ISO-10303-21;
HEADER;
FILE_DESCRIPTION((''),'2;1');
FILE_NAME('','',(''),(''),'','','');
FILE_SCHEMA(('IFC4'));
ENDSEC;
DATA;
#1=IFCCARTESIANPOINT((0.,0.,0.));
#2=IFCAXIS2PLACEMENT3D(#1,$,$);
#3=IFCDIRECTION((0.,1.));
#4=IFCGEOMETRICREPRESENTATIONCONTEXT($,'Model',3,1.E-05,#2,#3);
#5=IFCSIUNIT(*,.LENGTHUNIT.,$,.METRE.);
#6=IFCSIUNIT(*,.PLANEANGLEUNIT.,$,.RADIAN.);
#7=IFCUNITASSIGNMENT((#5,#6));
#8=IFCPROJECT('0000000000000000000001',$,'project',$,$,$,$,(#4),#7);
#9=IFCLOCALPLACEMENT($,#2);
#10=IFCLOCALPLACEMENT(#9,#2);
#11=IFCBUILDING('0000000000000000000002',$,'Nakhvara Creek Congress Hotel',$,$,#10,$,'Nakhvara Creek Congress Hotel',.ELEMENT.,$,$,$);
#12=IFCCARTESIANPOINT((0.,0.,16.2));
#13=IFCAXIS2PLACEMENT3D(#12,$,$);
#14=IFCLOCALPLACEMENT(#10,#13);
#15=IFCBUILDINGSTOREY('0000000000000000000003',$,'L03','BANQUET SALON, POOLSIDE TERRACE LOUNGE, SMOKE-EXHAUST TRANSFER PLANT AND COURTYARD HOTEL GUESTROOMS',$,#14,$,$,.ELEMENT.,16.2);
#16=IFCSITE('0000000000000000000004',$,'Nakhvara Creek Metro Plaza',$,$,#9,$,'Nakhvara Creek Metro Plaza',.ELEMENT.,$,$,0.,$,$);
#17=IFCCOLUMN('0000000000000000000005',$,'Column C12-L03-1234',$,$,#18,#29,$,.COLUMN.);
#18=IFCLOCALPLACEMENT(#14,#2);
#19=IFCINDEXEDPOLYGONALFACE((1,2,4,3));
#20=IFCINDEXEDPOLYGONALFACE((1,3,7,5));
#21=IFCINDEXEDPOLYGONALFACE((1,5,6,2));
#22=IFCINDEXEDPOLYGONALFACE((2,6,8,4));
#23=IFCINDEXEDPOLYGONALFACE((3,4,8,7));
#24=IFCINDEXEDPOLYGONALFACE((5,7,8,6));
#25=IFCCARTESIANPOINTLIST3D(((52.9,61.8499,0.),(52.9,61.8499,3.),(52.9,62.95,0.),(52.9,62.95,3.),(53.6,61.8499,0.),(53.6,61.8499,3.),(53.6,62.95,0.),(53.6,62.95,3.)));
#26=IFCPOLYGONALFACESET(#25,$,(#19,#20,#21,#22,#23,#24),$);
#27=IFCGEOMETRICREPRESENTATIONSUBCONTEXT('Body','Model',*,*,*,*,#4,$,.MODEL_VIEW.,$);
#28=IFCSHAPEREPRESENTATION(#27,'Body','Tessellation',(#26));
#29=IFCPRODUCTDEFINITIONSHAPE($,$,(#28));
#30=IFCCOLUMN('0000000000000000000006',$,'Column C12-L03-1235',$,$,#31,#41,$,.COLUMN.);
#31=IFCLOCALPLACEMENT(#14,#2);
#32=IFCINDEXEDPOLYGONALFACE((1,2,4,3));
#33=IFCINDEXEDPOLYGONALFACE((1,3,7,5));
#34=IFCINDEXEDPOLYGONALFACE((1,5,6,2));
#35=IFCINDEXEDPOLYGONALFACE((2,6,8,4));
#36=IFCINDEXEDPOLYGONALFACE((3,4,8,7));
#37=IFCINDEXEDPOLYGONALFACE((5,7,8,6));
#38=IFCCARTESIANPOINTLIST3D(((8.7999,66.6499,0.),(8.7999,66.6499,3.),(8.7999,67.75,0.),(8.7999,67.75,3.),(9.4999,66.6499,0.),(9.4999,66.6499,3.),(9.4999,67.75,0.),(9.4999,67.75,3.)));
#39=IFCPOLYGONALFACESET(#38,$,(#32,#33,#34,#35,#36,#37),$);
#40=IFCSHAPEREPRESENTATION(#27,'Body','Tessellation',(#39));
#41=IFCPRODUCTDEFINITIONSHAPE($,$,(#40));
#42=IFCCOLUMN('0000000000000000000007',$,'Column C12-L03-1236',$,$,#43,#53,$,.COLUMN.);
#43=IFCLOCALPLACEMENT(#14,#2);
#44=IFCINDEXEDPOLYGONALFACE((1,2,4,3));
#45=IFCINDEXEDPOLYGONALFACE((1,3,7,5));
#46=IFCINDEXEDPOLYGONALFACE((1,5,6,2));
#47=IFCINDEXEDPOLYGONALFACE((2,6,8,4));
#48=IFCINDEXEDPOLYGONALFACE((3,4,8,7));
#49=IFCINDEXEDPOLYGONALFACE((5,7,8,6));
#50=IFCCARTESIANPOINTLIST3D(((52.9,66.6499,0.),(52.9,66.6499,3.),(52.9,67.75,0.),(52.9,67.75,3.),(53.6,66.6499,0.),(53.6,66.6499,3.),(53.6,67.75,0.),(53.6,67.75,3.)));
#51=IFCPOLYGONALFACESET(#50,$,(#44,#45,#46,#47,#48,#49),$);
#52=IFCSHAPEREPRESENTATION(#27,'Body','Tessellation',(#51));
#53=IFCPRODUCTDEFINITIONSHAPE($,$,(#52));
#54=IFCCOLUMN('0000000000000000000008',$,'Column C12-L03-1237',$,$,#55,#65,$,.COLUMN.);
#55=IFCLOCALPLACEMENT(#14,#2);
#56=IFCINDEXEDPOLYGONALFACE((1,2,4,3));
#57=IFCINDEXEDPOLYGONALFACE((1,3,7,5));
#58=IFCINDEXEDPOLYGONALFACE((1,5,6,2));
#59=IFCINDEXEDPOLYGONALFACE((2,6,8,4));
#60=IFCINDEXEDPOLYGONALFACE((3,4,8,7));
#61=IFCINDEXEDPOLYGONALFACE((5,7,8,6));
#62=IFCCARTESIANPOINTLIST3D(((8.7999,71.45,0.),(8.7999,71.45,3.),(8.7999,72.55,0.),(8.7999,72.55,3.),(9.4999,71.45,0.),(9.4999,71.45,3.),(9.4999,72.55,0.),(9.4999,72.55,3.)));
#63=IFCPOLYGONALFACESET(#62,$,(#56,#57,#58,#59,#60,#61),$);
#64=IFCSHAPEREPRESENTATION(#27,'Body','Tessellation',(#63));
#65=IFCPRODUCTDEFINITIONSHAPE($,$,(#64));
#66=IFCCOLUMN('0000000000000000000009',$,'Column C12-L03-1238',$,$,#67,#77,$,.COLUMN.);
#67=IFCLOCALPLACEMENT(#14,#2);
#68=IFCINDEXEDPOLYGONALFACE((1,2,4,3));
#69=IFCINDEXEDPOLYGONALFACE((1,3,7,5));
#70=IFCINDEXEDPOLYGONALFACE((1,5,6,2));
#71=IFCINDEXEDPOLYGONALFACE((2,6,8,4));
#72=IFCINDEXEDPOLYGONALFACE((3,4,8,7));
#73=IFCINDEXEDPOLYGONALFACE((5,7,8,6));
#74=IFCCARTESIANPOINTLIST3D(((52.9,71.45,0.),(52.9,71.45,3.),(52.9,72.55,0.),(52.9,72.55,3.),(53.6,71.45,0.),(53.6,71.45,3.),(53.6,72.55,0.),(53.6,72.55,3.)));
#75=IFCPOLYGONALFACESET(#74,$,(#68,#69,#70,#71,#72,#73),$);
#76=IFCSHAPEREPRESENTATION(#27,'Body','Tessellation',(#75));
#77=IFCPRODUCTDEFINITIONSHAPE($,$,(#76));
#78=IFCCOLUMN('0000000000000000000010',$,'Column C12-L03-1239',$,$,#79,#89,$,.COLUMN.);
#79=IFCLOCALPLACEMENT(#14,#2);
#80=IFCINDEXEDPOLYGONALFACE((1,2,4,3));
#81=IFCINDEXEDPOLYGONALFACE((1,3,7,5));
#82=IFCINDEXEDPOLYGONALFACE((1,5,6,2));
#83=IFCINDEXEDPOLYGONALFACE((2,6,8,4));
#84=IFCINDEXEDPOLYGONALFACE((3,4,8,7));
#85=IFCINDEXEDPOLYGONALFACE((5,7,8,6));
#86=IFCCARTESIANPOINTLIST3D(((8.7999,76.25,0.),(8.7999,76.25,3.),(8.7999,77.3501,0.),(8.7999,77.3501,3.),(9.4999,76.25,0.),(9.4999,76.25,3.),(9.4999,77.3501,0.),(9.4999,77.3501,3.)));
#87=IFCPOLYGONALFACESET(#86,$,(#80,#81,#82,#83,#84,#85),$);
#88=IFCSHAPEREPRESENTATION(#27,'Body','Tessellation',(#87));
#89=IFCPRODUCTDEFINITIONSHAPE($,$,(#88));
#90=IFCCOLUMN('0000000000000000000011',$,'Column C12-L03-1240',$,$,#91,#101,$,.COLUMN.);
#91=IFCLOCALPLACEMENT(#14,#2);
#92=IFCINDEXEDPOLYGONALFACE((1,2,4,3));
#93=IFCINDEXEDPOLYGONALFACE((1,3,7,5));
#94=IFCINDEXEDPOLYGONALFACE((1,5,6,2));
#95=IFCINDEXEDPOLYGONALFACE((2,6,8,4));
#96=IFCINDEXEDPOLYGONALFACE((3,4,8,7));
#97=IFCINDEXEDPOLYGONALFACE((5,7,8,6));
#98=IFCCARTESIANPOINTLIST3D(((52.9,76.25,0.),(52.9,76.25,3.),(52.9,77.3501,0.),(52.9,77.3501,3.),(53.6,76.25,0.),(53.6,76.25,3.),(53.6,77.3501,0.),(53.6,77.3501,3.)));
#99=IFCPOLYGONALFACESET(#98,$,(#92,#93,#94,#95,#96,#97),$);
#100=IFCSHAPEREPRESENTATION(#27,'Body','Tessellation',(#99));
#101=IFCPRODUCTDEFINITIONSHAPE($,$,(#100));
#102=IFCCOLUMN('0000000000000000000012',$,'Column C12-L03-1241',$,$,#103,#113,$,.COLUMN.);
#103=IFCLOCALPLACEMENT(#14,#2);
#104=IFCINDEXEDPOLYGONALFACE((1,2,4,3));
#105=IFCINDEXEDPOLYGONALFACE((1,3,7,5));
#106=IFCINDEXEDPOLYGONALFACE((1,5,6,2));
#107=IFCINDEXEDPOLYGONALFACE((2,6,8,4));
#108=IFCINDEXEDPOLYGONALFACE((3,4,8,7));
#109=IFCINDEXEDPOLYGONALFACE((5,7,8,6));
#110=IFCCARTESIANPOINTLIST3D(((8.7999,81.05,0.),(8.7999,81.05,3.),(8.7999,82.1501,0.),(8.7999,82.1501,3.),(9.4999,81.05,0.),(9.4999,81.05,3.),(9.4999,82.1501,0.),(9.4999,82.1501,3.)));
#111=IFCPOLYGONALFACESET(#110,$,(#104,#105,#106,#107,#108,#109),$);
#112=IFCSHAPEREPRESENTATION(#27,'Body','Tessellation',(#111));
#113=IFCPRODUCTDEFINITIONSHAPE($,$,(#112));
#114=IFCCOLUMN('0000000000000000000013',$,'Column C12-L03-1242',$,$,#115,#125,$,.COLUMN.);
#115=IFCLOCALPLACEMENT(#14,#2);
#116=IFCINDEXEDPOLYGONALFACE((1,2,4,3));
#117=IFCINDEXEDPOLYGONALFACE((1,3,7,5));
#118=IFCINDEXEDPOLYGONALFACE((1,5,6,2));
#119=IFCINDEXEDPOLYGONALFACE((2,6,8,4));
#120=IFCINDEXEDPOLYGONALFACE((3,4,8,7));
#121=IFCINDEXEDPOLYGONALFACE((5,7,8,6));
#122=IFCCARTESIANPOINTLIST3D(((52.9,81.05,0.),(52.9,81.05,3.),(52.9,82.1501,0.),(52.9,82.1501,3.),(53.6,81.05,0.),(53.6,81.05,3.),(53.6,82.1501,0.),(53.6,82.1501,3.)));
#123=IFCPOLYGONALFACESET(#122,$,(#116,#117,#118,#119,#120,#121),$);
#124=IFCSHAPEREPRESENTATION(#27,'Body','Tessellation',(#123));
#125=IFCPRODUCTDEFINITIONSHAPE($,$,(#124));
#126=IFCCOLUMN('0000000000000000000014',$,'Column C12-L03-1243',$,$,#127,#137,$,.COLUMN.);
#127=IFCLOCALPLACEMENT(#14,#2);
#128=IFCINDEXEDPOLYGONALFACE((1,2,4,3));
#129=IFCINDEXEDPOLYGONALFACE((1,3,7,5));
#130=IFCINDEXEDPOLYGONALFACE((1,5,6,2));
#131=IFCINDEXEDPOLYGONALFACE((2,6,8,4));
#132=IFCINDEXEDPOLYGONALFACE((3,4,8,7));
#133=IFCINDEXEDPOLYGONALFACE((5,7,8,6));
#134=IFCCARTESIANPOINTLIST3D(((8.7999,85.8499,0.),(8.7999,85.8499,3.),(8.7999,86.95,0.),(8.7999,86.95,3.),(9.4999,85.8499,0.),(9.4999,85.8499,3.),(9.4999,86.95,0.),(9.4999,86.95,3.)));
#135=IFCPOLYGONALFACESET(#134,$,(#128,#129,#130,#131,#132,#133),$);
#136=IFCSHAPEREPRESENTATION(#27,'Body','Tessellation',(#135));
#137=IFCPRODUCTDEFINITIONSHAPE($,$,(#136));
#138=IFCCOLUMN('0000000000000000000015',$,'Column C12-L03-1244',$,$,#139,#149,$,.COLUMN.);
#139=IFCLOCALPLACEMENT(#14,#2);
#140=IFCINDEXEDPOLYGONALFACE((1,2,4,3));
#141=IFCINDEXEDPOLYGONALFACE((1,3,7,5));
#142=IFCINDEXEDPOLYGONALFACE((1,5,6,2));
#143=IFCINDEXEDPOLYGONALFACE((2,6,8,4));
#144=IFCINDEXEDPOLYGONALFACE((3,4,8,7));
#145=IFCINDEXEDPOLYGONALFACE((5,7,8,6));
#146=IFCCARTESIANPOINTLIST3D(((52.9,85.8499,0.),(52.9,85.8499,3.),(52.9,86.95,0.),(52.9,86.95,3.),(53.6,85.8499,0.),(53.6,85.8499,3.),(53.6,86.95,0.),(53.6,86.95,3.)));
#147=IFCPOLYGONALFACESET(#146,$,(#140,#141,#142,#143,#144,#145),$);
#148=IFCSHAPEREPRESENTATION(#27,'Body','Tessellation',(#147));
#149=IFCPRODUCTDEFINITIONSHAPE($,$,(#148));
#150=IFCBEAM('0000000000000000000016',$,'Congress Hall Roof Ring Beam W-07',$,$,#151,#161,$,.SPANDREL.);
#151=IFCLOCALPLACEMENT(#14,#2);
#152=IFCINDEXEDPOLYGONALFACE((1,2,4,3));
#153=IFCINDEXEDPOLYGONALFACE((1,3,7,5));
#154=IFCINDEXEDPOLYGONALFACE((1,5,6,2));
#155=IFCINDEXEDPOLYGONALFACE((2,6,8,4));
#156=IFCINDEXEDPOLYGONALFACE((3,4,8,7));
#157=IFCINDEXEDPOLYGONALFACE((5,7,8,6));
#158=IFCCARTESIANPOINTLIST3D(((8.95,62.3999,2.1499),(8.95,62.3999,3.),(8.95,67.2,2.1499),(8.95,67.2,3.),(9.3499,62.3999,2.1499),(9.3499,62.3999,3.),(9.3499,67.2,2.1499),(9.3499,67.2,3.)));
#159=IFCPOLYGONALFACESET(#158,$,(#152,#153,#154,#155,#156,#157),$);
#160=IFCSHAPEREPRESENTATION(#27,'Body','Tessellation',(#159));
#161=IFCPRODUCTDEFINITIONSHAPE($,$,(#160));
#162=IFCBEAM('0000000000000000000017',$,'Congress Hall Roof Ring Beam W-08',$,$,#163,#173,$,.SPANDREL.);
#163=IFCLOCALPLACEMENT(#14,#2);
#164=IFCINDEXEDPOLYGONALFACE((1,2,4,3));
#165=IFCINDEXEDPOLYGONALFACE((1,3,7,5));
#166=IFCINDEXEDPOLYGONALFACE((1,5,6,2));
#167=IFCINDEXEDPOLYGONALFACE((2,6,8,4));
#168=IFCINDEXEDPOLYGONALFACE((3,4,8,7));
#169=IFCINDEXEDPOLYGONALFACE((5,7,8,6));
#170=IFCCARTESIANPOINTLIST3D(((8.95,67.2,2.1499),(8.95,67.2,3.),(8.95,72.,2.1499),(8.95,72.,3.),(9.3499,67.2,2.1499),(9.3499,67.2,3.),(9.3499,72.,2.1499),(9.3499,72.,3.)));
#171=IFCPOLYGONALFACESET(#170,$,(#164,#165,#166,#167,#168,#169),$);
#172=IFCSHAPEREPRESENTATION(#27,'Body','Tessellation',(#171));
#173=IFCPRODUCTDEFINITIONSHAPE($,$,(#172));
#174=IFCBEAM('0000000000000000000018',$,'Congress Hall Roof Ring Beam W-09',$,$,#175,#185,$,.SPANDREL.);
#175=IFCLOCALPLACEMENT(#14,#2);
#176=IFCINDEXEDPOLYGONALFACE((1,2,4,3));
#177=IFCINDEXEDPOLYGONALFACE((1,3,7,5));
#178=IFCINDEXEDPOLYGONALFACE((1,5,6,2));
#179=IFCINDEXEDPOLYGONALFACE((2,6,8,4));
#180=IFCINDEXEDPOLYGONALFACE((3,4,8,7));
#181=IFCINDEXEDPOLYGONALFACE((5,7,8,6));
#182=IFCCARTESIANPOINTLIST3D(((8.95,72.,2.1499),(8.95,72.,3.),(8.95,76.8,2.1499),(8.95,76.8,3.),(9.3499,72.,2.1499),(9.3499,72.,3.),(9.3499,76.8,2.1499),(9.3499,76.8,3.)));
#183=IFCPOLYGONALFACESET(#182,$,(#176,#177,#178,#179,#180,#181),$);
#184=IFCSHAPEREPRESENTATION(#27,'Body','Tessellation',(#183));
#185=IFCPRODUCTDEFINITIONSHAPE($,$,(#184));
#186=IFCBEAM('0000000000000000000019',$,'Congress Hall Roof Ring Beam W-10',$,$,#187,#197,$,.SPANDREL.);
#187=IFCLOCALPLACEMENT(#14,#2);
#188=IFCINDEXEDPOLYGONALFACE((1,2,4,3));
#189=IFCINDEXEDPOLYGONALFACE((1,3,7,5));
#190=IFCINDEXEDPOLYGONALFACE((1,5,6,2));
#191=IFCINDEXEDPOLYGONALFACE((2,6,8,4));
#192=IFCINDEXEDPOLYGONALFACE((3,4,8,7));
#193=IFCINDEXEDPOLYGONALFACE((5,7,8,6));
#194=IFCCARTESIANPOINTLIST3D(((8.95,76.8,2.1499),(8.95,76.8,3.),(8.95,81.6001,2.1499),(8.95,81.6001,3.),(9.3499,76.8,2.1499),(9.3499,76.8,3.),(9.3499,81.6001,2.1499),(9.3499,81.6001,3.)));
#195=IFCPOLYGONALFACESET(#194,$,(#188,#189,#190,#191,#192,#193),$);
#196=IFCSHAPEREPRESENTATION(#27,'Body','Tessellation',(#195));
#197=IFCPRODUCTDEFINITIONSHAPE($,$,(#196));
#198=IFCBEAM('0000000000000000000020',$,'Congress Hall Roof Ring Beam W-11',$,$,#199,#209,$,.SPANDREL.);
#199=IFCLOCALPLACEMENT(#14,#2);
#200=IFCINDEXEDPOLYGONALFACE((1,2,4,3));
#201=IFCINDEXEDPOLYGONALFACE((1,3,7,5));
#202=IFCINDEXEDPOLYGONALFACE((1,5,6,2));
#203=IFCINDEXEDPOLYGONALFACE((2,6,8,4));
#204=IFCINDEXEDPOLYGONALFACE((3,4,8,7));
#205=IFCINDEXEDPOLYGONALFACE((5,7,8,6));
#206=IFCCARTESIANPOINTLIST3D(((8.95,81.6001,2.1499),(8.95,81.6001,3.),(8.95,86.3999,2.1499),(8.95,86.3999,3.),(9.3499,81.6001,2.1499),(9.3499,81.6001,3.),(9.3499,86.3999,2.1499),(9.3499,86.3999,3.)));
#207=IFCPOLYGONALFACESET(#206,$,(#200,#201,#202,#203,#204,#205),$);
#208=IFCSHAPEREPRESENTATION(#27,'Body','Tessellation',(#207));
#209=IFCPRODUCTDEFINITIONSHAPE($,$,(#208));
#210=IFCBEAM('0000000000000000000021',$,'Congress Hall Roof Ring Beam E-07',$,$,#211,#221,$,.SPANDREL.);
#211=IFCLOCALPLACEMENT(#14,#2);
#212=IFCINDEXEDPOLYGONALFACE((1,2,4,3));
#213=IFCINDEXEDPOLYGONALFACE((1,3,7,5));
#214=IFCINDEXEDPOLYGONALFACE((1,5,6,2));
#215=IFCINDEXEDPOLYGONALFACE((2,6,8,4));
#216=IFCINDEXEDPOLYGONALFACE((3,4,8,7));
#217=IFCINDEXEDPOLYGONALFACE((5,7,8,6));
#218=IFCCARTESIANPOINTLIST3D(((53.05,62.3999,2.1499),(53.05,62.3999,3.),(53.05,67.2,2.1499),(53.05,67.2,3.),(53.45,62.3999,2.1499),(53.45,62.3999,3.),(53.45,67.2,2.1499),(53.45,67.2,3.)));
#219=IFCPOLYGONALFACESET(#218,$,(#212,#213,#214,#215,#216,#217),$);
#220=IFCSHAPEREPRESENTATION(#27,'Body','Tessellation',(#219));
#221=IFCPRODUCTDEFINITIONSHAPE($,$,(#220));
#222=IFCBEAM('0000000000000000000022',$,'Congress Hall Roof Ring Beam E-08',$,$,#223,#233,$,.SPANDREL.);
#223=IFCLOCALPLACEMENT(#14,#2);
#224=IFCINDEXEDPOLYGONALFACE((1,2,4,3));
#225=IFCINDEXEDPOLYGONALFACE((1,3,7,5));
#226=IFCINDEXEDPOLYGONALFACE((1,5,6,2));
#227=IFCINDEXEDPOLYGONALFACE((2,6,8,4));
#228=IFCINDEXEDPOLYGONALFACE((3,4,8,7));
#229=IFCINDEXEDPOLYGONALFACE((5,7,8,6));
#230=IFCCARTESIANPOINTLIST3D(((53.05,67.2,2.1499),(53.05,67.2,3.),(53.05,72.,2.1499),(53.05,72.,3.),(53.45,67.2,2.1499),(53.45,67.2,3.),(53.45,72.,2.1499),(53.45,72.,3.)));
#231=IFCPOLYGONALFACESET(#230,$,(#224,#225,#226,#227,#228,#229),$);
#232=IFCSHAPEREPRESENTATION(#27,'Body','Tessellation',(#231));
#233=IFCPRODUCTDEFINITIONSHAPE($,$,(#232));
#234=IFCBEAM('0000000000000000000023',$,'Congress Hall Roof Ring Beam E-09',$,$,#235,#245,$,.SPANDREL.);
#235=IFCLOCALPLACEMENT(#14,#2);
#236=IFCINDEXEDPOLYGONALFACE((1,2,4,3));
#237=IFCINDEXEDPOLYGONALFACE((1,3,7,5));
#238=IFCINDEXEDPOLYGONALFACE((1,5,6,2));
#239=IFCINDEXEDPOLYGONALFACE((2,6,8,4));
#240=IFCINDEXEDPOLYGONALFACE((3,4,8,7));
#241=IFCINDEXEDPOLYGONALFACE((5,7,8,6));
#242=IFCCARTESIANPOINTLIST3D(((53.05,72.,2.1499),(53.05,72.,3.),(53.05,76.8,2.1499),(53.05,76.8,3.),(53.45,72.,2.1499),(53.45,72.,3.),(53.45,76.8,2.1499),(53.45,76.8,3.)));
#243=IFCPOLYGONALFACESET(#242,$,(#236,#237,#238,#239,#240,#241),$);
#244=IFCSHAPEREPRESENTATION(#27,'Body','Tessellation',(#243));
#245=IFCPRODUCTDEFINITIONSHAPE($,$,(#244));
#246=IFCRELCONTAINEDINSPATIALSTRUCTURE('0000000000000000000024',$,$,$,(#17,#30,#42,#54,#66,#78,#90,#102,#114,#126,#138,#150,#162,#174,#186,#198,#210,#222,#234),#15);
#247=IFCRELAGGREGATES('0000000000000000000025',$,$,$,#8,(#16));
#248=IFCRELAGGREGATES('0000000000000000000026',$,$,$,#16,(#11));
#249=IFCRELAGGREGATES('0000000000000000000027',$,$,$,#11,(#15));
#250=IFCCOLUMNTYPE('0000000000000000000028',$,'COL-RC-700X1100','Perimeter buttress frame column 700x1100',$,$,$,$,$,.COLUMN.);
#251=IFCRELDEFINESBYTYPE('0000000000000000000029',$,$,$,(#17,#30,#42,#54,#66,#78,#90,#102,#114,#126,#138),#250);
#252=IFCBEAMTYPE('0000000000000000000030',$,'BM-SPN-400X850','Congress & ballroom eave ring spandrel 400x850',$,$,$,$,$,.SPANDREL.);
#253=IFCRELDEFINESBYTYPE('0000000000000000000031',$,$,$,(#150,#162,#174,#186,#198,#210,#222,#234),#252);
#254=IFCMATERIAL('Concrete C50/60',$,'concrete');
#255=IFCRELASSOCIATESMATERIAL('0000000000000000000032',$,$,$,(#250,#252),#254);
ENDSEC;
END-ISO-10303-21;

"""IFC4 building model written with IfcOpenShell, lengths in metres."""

from ifc_helpers import new_model, si_unit, direction, frame, origin, origin_2d, place, context, subcontext, project, spatial, rectangle, extrude, material, material_profile, profile_set, type_object, element, save


model = new_model("IFC4")

# Units and contexts
model_context = context("Model", 3, precision=1e-05, world=origin(), true_north=direction((0.0, 1.0)))
body_context = subcontext(model_context, "Body", "Model", "MODEL_VIEW")
ifc_project = project(units=[si_unit("LENGTHUNIT", "METRE"), si_unit("PLANEANGLEUNIT", "RADIAN")], contexts=[model_context])

# Site, building, storey
site_placement = place(None, origin())
site = spatial("IfcSite", under=ifc_project, at=site_placement, Name="Nakhvara Creek Metro Plaza", LongName="Nakhvara Creek Metro Plaza", CompositionType="ELEMENT", RefElevation=0.0)
building_placement = place(site_placement, origin())
building = spatial("IfcBuilding", under=site, at=building_placement, Name="Nakhvara Creek Congress Hotel", LongName="Nakhvara Creek Congress Hotel", CompositionType="ELEMENT")
storey_placement = place(building_placement, frame((0.0, 0.0, 16.2)))
storey = spatial("IfcBuildingStorey", under=building, at=storey_placement, Name="L03", Description="BANQUET SALON, POOLSIDE TERRACE LOUNGE, SMOKE-EXHAUST TRANSFER PLANT AND COURTYARD HOTEL GUESTROOMS", CompositionType="ELEMENT", Elevation=16.2)

# Columns
ifc_material = material(Name="Concrete C50/60", Category="concrete")
ifc_material_profile_1 = material_profile(ifc_material, rectangle(XDim=0.7, YDim=1.1001, at=origin_2d()), Name="RC-COL 700x1100", Category="LoadBearing")
ifc_profile_set_1 = profile_set([ifc_material_profile_1], Name="Concrete C50/60")
column_type = type_object("IfcColumnType", Name="COL-RC-700X1100", Description="Perimeter buttress frame column 700x1100", PredefinedType="COLUMN", material=ifc_profile_set_1)
for number, where, z_axis, x_axis, name in (
    (1, (53.25, 62.3999, 0.0), (0.0, 0.0, 1.0), (1.0, 0.0, 0.0), "Column C12-L03-1234"),
    (2, (9.1499, 67.2, 0.0), (0.0, 0.0, 1.0), (1.0, 0.0, 0.0), "Column C12-L03-1235"),
    (3, (53.25, 67.2, 0.0), (0.0, 0.0, 1.0), (1.0, 0.0, 0.0), "Column C12-L03-1236"),
    (4, (9.1499, 72.0, 0.0), (0.0, 0.0, 1.0), (1.0, 0.0, 0.0), "Column C12-L03-1237"),
    (5, (53.25, 72.0, 0.0), (0.0, 0.0, 1.0), (1.0, 0.0, 0.0), "Column C12-L03-1238"),
    (6, (9.1499, 76.8, 0.0), (0.0, 0.0, 1.0), (1.0, 0.0, 0.0), "Column C12-L03-1239"),
    (7, (53.25, 76.8, 0.0), (0.0, 0.0, 1.0), (1.0, 0.0, 0.0), "Column C12-L03-1240"),
    (8, (9.1499, 81.6001, 0.0), (0.0, 0.0, 1.0), (1.0, 0.0, 0.0), "Column C12-L03-1241"),
    (9, (53.25, 81.6001, 0.0), (0.0, 0.0, 1.0), (1.0, 0.0, 0.0), "Column C12-L03-1242"),
    (10, (9.1499, 86.3999, 0.0), (0.0, 0.0, 1.0), (1.0, 0.0, 0.0), "Column C12-L03-1243"),
    (11, (53.25, 86.3999, 0.0), (0.0, 0.0, 1.0), (1.0, 0.0, 0.0), "Column C12-L03-1244"),
):
    element("IfcColumn", number, at=place(storey_placement, frame(where, z_axis=z_axis, x_axis=x_axis)), inside=storey, type_object=column_type, Name=name, PredefinedType="COLUMN", context=body_context, shape_type="SweptSolid", body=[
        extrude(rectangle(XDim=0.7, YDim=1.1001, at=origin_2d()), origin(), (0.0, 0.0, 1.0), 3.0),
    ])

# Beams
ifc_material_profile_2 = material_profile(ifc_material, rectangle(XDim=0.3999, YDim=0.8501, at=origin_2d()), Name="RC-SPANDREL 400x850", Category="LoadBearing")
ifc_profile_set_2 = profile_set([ifc_material_profile_2], Name="Concrete C50/60")
beam_type = type_object("IfcBeamType", Name="BM-SPN-400X850", Description="Congress & ballroom eave ring spandrel 400x850", PredefinedType="SPANDREL", material=ifc_profile_set_2)
for number, where, z_axis, x_axis, name in (
    (12, (9.1499, 62.3999, 2.575), (0.0, 1.0, 0.0), (-1.0, 0.0, 0.0), "Congress Hall Roof Ring Beam W-07"),
    (13, (9.1499, 67.2, 2.575), (0.0, 1.0, 0.0), (-1.0, 0.0, 0.0), "Congress Hall Roof Ring Beam W-08"),
    (14, (9.1499, 72.0, 2.575), (0.0, 1.0, 0.0), (-1.0, 0.0, 0.0), "Congress Hall Roof Ring Beam W-09"),
    (15, (9.1499, 76.8, 2.575), (0.0, 1.0, 0.0), (-1.0, 0.0, 0.0), "Congress Hall Roof Ring Beam W-10"),
):
    element("IfcBeam", number, at=place(storey_placement, frame(where, z_axis=z_axis, x_axis=x_axis)), inside=storey, type_object=beam_type, Name=name, PredefinedType="SPANDREL", context=body_context, shape_type="SweptSolid", body=[
        extrude(rectangle(XDim=0.3999, YDim=0.8501, at=origin_2d()), origin(), (0.0, 0.0, 1.0), 4.8),
    ])
beam_1_placement = place(storey_placement, frame((9.1499, 81.6001, 2.575), z_axis=(0.0, 1.0, 0.0), x_axis=(-1.0, 0.0, 0.0)))
element("IfcBeam", 16, at=beam_1_placement, inside=storey, type_object=beam_type, Name="Congress Hall Roof Ring Beam W-11", PredefinedType="SPANDREL", context=body_context, shape_type="SweptSolid", body=[
    extrude(rectangle(XDim=0.3999, YDim=0.8501, at=origin_2d()), origin(), (0.0, 0.0, 1.0), 4.7998),
])
for number, where, z_axis, x_axis, name in (
    (17, (53.25, 62.3999, 2.575), (0.0, 1.0, 0.0), (-1.0, 0.0, 0.0), "Congress Hall Roof Ring Beam E-07"),
    (18, (53.25, 67.2, 2.575), (0.0, 1.0, 0.0), (-1.0, 0.0, 0.0), "Congress Hall Roof Ring Beam E-08"),
    (19, (53.25, 72.0, 2.575), (0.0, 1.0, 0.0), (-1.0, 0.0, 0.0), "Congress Hall Roof Ring Beam E-09"),
):
    element("IfcBeam", number, at=place(storey_placement, frame(where, z_axis=z_axis, x_axis=x_axis)), inside=storey, type_object=beam_type, Name=name, PredefinedType="SPANDREL", context=body_context, shape_type="SweptSolid", body=[
        extrude(rectangle(XDim=0.3999, YDim=0.8501, at=origin_2d()), origin(), (0.0, 0.0, 1.0), 4.8),
    ])

save(model, "model.ifc")
